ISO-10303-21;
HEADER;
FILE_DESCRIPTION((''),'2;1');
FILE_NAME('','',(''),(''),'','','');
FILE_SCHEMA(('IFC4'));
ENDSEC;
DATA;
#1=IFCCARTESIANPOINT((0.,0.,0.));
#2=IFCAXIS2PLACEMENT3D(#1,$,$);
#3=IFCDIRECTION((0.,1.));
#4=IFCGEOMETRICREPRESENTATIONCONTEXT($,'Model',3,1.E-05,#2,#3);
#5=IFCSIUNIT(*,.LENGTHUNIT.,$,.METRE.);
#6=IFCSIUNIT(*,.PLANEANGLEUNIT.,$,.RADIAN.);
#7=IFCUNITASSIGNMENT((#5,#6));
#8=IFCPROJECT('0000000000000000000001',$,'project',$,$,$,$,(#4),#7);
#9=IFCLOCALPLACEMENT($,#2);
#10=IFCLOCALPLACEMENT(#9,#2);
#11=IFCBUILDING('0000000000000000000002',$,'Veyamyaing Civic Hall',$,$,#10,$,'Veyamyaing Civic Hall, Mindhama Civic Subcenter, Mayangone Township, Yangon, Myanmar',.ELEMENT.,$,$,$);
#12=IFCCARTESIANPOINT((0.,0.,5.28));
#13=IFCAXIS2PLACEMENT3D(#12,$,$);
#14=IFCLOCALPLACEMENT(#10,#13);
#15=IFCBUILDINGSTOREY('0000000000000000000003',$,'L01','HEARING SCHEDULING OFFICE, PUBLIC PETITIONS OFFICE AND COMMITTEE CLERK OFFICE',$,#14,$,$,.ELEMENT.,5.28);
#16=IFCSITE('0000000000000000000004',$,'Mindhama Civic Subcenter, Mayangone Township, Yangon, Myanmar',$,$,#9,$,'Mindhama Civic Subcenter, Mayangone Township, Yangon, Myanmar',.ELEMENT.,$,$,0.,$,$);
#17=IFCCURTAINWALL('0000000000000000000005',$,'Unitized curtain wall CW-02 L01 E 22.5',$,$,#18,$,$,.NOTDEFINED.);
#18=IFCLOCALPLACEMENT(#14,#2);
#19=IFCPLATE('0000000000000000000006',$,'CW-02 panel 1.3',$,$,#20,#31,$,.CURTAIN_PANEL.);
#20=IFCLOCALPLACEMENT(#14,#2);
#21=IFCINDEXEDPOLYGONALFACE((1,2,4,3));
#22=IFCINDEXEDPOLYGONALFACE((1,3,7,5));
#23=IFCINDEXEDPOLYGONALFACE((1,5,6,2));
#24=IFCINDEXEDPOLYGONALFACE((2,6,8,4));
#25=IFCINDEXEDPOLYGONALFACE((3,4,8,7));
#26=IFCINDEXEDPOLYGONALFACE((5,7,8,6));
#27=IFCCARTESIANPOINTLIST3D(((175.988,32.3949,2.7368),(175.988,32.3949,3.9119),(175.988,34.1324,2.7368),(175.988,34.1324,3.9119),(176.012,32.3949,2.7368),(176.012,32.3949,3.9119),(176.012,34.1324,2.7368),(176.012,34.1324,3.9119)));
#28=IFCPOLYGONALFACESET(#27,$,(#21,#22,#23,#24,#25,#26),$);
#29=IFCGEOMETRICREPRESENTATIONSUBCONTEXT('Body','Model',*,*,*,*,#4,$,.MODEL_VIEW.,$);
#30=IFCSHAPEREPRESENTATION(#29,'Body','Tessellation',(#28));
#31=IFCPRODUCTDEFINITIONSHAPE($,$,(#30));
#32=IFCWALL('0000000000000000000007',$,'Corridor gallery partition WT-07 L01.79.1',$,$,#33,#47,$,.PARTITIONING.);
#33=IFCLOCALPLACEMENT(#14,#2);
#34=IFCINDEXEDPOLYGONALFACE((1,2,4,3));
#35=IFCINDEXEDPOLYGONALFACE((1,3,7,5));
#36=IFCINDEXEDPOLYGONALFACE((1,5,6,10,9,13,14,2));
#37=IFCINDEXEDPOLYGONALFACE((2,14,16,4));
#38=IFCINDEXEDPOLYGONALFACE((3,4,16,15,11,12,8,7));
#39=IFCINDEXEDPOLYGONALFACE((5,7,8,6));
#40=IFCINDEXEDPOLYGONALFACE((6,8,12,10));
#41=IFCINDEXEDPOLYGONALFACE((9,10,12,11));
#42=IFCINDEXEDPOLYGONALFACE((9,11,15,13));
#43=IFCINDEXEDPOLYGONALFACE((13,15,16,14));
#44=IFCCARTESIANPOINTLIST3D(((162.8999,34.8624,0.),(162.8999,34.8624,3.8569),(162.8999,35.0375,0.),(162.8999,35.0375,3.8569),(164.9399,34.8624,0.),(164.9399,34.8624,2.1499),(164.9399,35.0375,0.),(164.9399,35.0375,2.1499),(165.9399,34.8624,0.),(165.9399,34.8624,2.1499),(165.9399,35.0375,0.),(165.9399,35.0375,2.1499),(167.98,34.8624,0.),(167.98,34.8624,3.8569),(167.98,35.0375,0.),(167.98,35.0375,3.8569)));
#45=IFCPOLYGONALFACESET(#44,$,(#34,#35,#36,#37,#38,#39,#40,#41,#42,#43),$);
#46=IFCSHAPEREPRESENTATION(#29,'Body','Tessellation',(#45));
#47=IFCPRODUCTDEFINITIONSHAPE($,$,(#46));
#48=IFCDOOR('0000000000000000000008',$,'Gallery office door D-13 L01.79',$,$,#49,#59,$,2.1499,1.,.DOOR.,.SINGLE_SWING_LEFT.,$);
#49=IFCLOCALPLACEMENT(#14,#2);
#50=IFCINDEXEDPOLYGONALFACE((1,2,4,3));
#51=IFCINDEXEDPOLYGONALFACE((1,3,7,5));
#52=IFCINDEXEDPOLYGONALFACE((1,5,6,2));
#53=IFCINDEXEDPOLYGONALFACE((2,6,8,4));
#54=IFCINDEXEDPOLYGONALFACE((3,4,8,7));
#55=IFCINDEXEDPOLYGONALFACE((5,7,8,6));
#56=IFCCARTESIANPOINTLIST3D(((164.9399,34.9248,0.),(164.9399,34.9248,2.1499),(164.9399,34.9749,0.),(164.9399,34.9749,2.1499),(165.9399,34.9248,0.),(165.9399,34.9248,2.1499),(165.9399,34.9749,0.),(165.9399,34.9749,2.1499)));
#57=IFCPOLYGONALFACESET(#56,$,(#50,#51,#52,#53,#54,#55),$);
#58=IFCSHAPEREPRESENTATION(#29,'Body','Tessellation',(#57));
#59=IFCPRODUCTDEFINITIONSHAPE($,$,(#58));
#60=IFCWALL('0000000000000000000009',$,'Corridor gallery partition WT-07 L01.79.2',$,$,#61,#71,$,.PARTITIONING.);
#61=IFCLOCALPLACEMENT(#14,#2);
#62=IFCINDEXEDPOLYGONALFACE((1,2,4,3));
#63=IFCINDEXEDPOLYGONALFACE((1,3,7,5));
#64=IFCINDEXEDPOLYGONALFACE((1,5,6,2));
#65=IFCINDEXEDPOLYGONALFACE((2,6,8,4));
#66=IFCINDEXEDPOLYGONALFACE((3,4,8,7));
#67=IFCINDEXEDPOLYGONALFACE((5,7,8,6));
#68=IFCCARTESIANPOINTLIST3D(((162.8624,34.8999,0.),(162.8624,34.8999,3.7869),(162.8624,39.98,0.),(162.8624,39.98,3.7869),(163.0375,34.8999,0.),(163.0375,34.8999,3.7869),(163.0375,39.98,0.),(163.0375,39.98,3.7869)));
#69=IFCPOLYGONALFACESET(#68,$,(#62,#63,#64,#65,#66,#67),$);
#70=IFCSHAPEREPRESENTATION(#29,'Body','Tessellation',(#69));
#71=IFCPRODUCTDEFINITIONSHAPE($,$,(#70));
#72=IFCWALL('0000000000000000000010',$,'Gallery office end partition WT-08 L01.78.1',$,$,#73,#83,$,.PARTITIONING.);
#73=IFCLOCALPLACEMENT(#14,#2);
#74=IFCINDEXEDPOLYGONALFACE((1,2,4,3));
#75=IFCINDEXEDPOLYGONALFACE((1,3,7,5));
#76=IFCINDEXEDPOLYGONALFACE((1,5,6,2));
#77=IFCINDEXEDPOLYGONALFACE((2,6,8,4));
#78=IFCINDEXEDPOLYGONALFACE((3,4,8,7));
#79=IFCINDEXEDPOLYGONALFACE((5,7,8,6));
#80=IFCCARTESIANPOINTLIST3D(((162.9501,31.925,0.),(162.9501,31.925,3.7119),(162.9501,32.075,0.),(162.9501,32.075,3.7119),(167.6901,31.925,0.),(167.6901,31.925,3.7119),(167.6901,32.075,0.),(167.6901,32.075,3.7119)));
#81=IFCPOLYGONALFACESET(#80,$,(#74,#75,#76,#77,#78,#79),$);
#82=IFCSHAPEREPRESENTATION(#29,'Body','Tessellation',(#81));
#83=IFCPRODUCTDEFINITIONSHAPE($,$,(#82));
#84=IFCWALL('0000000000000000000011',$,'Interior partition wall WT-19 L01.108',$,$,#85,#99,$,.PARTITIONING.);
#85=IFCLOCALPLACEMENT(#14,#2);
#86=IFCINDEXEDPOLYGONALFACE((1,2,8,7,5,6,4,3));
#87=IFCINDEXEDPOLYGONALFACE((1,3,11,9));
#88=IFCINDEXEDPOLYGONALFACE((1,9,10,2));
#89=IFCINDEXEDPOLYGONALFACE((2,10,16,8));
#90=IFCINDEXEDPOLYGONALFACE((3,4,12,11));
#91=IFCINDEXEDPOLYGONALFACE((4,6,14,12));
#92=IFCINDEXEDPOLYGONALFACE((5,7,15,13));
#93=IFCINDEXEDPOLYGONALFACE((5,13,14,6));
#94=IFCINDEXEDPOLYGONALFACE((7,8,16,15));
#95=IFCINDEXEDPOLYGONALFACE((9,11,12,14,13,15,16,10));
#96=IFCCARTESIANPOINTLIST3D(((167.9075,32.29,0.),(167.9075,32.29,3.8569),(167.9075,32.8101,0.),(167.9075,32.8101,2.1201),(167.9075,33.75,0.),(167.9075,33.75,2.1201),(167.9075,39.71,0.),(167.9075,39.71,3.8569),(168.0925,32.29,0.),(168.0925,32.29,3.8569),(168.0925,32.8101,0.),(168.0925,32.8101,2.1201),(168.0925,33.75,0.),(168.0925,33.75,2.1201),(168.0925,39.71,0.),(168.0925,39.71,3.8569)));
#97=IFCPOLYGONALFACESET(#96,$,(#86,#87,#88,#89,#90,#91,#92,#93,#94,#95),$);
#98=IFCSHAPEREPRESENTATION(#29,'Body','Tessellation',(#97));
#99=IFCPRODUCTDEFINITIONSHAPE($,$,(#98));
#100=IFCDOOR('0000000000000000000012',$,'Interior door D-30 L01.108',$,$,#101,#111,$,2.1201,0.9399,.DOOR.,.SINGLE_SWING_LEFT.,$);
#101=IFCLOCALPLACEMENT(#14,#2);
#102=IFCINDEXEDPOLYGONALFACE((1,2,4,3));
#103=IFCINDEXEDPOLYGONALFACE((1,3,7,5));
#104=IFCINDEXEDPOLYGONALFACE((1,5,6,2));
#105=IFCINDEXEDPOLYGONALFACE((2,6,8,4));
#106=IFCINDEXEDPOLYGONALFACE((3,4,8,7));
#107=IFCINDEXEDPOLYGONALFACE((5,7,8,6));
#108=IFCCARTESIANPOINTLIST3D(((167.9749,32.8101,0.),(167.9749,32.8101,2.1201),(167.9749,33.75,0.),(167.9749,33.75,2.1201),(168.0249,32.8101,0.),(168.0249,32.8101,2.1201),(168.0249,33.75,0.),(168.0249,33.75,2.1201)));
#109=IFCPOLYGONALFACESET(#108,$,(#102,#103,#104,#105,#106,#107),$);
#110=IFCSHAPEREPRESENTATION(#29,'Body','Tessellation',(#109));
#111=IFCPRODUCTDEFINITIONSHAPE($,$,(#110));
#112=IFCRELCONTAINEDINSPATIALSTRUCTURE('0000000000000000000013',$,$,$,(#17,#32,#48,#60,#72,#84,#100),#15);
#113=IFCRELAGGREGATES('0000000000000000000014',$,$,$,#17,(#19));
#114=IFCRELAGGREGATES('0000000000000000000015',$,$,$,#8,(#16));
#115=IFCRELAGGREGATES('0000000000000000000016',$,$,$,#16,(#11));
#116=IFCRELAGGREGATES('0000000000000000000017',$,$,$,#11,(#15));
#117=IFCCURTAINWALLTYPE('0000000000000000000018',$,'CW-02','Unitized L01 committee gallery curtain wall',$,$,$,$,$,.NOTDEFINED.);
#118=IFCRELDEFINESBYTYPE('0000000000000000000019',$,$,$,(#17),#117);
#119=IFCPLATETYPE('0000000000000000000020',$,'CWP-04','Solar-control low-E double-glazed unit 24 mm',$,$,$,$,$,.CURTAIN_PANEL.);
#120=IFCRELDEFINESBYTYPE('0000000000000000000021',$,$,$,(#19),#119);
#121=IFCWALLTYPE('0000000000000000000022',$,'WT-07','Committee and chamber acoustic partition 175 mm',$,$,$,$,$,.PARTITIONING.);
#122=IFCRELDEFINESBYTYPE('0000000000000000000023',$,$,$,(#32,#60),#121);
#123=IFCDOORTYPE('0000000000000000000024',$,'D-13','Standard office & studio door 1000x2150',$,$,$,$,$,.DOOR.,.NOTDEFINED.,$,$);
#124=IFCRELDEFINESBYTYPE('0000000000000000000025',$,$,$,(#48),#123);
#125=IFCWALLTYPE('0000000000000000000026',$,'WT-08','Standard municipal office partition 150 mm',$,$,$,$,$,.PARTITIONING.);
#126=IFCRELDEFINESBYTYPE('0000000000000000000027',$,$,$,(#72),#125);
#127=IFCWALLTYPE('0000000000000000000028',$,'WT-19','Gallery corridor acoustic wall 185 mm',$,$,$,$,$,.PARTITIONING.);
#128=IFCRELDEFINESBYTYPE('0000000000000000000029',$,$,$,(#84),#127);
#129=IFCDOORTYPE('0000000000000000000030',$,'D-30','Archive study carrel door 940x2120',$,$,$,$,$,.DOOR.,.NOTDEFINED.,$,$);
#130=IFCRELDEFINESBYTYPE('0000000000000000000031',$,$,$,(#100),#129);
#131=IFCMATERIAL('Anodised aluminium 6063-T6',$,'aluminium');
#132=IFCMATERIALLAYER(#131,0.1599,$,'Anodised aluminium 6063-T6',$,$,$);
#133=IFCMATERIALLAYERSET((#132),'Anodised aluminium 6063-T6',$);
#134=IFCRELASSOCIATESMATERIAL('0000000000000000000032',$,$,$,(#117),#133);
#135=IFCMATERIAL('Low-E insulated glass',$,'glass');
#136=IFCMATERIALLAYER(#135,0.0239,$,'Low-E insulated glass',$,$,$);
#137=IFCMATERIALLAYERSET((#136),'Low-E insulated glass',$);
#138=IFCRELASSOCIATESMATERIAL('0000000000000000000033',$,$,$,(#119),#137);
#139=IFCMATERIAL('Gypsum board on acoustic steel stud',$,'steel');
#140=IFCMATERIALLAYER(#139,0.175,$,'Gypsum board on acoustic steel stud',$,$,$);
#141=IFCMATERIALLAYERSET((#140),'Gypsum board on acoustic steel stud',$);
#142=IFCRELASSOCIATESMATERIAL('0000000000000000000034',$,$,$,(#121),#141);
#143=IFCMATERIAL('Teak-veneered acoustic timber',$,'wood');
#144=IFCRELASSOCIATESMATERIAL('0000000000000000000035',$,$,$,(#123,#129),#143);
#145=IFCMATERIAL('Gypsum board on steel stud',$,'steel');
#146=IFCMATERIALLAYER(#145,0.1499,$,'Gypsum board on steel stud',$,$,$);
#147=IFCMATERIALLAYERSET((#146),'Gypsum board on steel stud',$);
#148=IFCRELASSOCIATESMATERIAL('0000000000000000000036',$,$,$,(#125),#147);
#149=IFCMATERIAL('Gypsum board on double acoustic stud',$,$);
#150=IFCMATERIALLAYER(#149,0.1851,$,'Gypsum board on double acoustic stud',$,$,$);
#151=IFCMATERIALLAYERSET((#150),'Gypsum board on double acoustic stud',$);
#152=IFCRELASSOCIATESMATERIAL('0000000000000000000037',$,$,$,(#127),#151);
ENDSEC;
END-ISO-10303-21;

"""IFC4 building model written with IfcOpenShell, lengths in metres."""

from ifc_helpers import new_model, si_unit, direction, frame, frame_2d, origin, origin_2d, place, context, subcontext, project, spatial, rectangle, extrude, material, layer, layer_set, type_object, element, fill, aggregate, save


model = new_model("IFC4")

# Units and contexts
model_context = context("Model", 3, precision=1e-05, world=origin(), true_north=direction((0.0, 1.0)))
body_context = subcontext(model_context, "Body", "Model", "MODEL_VIEW")
ifc_project = project(units=[si_unit("LENGTHUNIT", "METRE"), si_unit("PLANEANGLEUNIT", "RADIAN")], contexts=[model_context])

# Site, building, storey
site_placement = place(None, origin())
site = spatial("IfcSite", under=ifc_project, at=site_placement, Name="Mindhama Civic Subcenter, Mayangone Township, Yangon, Myanmar", LongName="Mindhama Civic Subcenter, Mayangone Township, Yangon, Myanmar", CompositionType="ELEMENT", RefElevation=0.0)
building_placement = place(site_placement, origin())
building = spatial("IfcBuilding", under=site, at=building_placement, Name="Veyamyaing Civic Hall", LongName="Veyamyaing Civic Hall, Mindhama Civic Subcenter, Mayangone Township, Yangon, Myanmar", CompositionType="ELEMENT")
storey_placement = place(building_placement, frame((0.0, 0.0, 5.28)))
storey = spatial("IfcBuildingStorey", under=building, at=storey_placement, Name="L01", Description="HEARING SCHEDULING OFFICE, PUBLIC PETITIONS OFFICE AND COMMITTEE CLERK OFFICE", CompositionType="ELEMENT", Elevation=5.28)

# Curtain wall
ifc_material_1 = material(Name="Anodised aluminium 6063-T6", Category="aluminium")
ifc_layer_1 = layer(ifc_material_1, 0.1599, Name="Anodised aluminium 6063-T6")
ifc_layer_set_1 = layer_set([ifc_layer_1], Name="Anodised aluminium 6063-T6")
curtain_wall_type = type_object("IfcCurtainWallType", Name="CW-02", Description="Unitized L01 committee gallery curtain wall", PredefinedType="NOTDEFINED", material=ifc_layer_set_1)
curtain_wall_placement = place(storey_placement, origin())
curtain_wall = element("IfcCurtainWall", 1, at=curtain_wall_placement, inside=storey, type_object=curtain_wall_type, Name="Unitized curtain wall CW-02 L01 E 22.5", PredefinedType="NOTDEFINED")

# Plate
ifc_material_2 = material(Name="Low-E insulated glass", Category="glass")
ifc_layer_2 = layer(ifc_material_2, 0.0239, Name="Low-E insulated glass")
ifc_layer_set_2 = layer_set([ifc_layer_2], Name="Low-E insulated glass")
plate_type = type_object("IfcPlateType", Name="CWP-04", Description="Solar-control low-E double-glazed unit 24 mm", PredefinedType="CURTAIN_PANEL", material=ifc_layer_set_2)
plate_1_placement = place(storey_placement, frame((176.0, 33.2637, 2.7368), z_axis=(0.0, 0.0, 1.0), x_axis=(0.0, 1.0, 0.0)))
plate_1 = element("IfcPlate", 2, at=plate_1_placement, type_object=plate_type, Name="CW-02 panel 1.3", PredefinedType="CURTAIN_PANEL", context=body_context, shape_type="SweptSolid", body=[
    extrude(rectangle(XDim=1.7375, YDim=0.0239, at=origin_2d()), origin(), (0.0, 0.0, 1.0), 1.175),
])
aggregate(curtain_wall, [plate_1])

# Wall, opening, door
ifc_material_3 = material(Name="Gypsum board on acoustic steel stud", Category="steel")
ifc_layer_3 = layer(ifc_material_3, 0.175, Name="Gypsum board on acoustic steel stud")
ifc_layer_set_3 = layer_set([ifc_layer_3], Name="Gypsum board on acoustic steel stud")
wall_type_1 = type_object("IfcWallType", Name="WT-07", Description="Committee and chamber acoustic partition 175 mm", PredefinedType="PARTITIONING", material=ifc_layer_set_3)
wall_1_placement = place(storey_placement, frame((162.8999, 34.95, 0.0), z_axis=(0.0, 0.0, 1.0), x_axis=(1.0, 0.0, 0.0)))
wall_1 = element("IfcWall", 3, at=wall_1_placement, inside=storey, type_object=wall_type_1, Name="Corridor gallery partition WT-07 L01.79.1", PredefinedType="PARTITIONING", context=body_context, shape_type="SweptSolid", body=[
    extrude(rectangle(XDim=5.0801, YDim=0.175, at=frame_2d((2.54, 0.0))), origin(), (0.0, 0.0, 1.0), 3.8569),
])
opening_1_placement = place(wall_1_placement, frame((2.04, 0.0, 0.0)))
opening_1 = element("IfcOpeningElement", 4, at=opening_1_placement, cuts=wall_1, PredefinedType="OPENING", context=body_context, shape_type="SweptSolid", body=[
    extrude(rectangle(XDim=1.0, YDim=2.1499, at=frame_2d((0.5, 1.075))), frame((0.0, 0.0974, 0.0), z_axis=(0.0, -1.0, 0.0), x_axis=(1.0, 0.0, 0.0)), (0.0, 0.0, 1.0), 0.1951),
])
ifc_material_4 = material(Name="Teak-veneered acoustic timber", Category="wood")
door_type_1 = type_object("IfcDoorType", Name="D-13", Description="Standard office & studio door 1000x2150", OperationType="NOTDEFINED", PredefinedType="DOOR", material=ifc_material_4)
door_1_placement = place(opening_1_placement, origin())
door_1 = element("IfcDoor", 5, at=door_1_placement, inside=storey, type_object=door_type_1, Name="Gallery office door D-13 L01.79", OperationType="SINGLE_SWING_LEFT", OverallHeight=2.1499, OverallWidth=1.0, PredefinedType="DOOR", context=body_context, shape_type="SweptSolid", body=[
    extrude(rectangle(XDim=1.0, YDim=2.1499, at=frame_2d((0.5, 1.075))), frame((0.0, 0.0249, 0.0), z_axis=(0.0, -1.0, 0.0), x_axis=(1.0, 0.0, 0.0)), (0.0, 0.0, 1.0), 0.05),
])
fill(opening_1, door_1)

# Walls
wall_2_placement = place(storey_placement, frame((162.95, 34.8999, 0.0), z_axis=(0.0, 0.0, 1.0), x_axis=(0.0, 1.0, 0.0)))
element("IfcWall", 6, at=wall_2_placement, inside=storey, type_object=wall_type_1, Name="Corridor gallery partition WT-07 L01.79.2", PredefinedType="PARTITIONING", context=body_context, shape_type="SweptSolid", body=[
    extrude(rectangle(XDim=5.0801, YDim=0.175, at=frame_2d((2.54, 0.0))), origin(), (0.0, 0.0, 1.0), 3.7869),
])
ifc_material_5 = material(Name="Gypsum board on steel stud", Category="steel")
ifc_layer_4 = layer(ifc_material_5, 0.1499, Name="Gypsum board on steel stud")
ifc_layer_set_4 = layer_set([ifc_layer_4], Name="Gypsum board on steel stud")
wall_type_2 = type_object("IfcWallType", Name="WT-08", Description="Standard municipal office partition 150 mm", PredefinedType="PARTITIONING", material=ifc_layer_set_4)
wall_3_placement = place(storey_placement, frame((162.95, 32.0, 0.0), z_axis=(0.0, 0.0, 1.0), x_axis=(1.0, 0.0, 0.0)))
element("IfcWall", 7, at=wall_3_placement, inside=storey, type_object=wall_type_2, Name="Gallery office end partition WT-08 L01.78.1", PredefinedType="PARTITIONING", context=body_context, shape_type="SweptSolid", body=[
    extrude(rectangle(XDim=4.74, YDim=0.1499, at=frame_2d((2.3701, 0.0))), origin(), (0.0, 0.0, 1.0), 3.7119),
])

# Wall, opening, door
ifc_material_6 = material(Name="Gypsum board on double acoustic stud")
ifc_layer_5 = layer(ifc_material_6, 0.1851, Name="Gypsum board on double acoustic stud")
ifc_layer_set_5 = layer_set([ifc_layer_5], Name="Gypsum board on double acoustic stud")
wall_type_3 = type_object("IfcWallType", Name="WT-19", Description="Gallery corridor acoustic wall 185 mm", PredefinedType="PARTITIONING", material=ifc_layer_set_5)
wall_4_placement = place(storey_placement, frame((168.0, 32.29, 0.0), z_axis=(0.0, 0.0, 1.0), x_axis=(0.0, 1.0, 0.0)))
wall_4 = element("IfcWall", 8, at=wall_4_placement, inside=storey, type_object=wall_type_3, Name="Interior partition wall WT-19 L01.108", PredefinedType="PARTITIONING", context=body_context, shape_type="SweptSolid", body=[
    extrude(rectangle(XDim=7.4199, YDim=0.1851, at=frame_2d((3.71, 0.0))), origin(), (0.0, 0.0, 1.0), 3.8569),
])
opening_2_placement = place(wall_4_placement, frame((0.52, 0.0, 0.0)))
opening_2 = element("IfcOpeningElement", 9, at=opening_2_placement, cuts=wall_4, PredefinedType="OPENING", context=body_context, shape_type="SweptSolid", body=[
    extrude(rectangle(XDim=0.9399, YDim=2.1201, at=frame_2d((0.47, 1.0601))), frame((0.0, 0.1025, 0.0), z_axis=(0.0, -1.0, 0.0), x_axis=(1.0, 0.0, 0.0)), (0.0, 0.0, 1.0), 0.2051),
])
door_type_2 = type_object("IfcDoorType", Name="D-30", Description="Archive study carrel door 940x2120", OperationType="NOTDEFINED", PredefinedType="DOOR", material=ifc_material_4)
door_2_placement = place(opening_2_placement, frame((0.9399, 0.0, 0.0), z_axis=(0.0, 0.0, 1.0), x_axis=(-1.0, 0.0, 0.0)))
door_2 = element("IfcDoor", 10, at=door_2_placement, inside=storey, type_object=door_type_2, Name="Interior door D-30 L01.108", OperationType="SINGLE_SWING_LEFT", OverallHeight=2.1201, OverallWidth=0.9399, PredefinedType="DOOR", context=body_context, shape_type="SweptSolid", body=[
    extrude(rectangle(XDim=0.9399, YDim=2.1201, at=frame_2d((0.47, 1.0601))), frame((0.0, 0.0249, 0.0), z_axis=(0.0, -1.0, 0.0), x_axis=(1.0, 0.0, 0.0)), (0.0, 0.0, 1.0), 0.05),
])
fill(opening_2, door_2)

save(model, "model.ifc")
